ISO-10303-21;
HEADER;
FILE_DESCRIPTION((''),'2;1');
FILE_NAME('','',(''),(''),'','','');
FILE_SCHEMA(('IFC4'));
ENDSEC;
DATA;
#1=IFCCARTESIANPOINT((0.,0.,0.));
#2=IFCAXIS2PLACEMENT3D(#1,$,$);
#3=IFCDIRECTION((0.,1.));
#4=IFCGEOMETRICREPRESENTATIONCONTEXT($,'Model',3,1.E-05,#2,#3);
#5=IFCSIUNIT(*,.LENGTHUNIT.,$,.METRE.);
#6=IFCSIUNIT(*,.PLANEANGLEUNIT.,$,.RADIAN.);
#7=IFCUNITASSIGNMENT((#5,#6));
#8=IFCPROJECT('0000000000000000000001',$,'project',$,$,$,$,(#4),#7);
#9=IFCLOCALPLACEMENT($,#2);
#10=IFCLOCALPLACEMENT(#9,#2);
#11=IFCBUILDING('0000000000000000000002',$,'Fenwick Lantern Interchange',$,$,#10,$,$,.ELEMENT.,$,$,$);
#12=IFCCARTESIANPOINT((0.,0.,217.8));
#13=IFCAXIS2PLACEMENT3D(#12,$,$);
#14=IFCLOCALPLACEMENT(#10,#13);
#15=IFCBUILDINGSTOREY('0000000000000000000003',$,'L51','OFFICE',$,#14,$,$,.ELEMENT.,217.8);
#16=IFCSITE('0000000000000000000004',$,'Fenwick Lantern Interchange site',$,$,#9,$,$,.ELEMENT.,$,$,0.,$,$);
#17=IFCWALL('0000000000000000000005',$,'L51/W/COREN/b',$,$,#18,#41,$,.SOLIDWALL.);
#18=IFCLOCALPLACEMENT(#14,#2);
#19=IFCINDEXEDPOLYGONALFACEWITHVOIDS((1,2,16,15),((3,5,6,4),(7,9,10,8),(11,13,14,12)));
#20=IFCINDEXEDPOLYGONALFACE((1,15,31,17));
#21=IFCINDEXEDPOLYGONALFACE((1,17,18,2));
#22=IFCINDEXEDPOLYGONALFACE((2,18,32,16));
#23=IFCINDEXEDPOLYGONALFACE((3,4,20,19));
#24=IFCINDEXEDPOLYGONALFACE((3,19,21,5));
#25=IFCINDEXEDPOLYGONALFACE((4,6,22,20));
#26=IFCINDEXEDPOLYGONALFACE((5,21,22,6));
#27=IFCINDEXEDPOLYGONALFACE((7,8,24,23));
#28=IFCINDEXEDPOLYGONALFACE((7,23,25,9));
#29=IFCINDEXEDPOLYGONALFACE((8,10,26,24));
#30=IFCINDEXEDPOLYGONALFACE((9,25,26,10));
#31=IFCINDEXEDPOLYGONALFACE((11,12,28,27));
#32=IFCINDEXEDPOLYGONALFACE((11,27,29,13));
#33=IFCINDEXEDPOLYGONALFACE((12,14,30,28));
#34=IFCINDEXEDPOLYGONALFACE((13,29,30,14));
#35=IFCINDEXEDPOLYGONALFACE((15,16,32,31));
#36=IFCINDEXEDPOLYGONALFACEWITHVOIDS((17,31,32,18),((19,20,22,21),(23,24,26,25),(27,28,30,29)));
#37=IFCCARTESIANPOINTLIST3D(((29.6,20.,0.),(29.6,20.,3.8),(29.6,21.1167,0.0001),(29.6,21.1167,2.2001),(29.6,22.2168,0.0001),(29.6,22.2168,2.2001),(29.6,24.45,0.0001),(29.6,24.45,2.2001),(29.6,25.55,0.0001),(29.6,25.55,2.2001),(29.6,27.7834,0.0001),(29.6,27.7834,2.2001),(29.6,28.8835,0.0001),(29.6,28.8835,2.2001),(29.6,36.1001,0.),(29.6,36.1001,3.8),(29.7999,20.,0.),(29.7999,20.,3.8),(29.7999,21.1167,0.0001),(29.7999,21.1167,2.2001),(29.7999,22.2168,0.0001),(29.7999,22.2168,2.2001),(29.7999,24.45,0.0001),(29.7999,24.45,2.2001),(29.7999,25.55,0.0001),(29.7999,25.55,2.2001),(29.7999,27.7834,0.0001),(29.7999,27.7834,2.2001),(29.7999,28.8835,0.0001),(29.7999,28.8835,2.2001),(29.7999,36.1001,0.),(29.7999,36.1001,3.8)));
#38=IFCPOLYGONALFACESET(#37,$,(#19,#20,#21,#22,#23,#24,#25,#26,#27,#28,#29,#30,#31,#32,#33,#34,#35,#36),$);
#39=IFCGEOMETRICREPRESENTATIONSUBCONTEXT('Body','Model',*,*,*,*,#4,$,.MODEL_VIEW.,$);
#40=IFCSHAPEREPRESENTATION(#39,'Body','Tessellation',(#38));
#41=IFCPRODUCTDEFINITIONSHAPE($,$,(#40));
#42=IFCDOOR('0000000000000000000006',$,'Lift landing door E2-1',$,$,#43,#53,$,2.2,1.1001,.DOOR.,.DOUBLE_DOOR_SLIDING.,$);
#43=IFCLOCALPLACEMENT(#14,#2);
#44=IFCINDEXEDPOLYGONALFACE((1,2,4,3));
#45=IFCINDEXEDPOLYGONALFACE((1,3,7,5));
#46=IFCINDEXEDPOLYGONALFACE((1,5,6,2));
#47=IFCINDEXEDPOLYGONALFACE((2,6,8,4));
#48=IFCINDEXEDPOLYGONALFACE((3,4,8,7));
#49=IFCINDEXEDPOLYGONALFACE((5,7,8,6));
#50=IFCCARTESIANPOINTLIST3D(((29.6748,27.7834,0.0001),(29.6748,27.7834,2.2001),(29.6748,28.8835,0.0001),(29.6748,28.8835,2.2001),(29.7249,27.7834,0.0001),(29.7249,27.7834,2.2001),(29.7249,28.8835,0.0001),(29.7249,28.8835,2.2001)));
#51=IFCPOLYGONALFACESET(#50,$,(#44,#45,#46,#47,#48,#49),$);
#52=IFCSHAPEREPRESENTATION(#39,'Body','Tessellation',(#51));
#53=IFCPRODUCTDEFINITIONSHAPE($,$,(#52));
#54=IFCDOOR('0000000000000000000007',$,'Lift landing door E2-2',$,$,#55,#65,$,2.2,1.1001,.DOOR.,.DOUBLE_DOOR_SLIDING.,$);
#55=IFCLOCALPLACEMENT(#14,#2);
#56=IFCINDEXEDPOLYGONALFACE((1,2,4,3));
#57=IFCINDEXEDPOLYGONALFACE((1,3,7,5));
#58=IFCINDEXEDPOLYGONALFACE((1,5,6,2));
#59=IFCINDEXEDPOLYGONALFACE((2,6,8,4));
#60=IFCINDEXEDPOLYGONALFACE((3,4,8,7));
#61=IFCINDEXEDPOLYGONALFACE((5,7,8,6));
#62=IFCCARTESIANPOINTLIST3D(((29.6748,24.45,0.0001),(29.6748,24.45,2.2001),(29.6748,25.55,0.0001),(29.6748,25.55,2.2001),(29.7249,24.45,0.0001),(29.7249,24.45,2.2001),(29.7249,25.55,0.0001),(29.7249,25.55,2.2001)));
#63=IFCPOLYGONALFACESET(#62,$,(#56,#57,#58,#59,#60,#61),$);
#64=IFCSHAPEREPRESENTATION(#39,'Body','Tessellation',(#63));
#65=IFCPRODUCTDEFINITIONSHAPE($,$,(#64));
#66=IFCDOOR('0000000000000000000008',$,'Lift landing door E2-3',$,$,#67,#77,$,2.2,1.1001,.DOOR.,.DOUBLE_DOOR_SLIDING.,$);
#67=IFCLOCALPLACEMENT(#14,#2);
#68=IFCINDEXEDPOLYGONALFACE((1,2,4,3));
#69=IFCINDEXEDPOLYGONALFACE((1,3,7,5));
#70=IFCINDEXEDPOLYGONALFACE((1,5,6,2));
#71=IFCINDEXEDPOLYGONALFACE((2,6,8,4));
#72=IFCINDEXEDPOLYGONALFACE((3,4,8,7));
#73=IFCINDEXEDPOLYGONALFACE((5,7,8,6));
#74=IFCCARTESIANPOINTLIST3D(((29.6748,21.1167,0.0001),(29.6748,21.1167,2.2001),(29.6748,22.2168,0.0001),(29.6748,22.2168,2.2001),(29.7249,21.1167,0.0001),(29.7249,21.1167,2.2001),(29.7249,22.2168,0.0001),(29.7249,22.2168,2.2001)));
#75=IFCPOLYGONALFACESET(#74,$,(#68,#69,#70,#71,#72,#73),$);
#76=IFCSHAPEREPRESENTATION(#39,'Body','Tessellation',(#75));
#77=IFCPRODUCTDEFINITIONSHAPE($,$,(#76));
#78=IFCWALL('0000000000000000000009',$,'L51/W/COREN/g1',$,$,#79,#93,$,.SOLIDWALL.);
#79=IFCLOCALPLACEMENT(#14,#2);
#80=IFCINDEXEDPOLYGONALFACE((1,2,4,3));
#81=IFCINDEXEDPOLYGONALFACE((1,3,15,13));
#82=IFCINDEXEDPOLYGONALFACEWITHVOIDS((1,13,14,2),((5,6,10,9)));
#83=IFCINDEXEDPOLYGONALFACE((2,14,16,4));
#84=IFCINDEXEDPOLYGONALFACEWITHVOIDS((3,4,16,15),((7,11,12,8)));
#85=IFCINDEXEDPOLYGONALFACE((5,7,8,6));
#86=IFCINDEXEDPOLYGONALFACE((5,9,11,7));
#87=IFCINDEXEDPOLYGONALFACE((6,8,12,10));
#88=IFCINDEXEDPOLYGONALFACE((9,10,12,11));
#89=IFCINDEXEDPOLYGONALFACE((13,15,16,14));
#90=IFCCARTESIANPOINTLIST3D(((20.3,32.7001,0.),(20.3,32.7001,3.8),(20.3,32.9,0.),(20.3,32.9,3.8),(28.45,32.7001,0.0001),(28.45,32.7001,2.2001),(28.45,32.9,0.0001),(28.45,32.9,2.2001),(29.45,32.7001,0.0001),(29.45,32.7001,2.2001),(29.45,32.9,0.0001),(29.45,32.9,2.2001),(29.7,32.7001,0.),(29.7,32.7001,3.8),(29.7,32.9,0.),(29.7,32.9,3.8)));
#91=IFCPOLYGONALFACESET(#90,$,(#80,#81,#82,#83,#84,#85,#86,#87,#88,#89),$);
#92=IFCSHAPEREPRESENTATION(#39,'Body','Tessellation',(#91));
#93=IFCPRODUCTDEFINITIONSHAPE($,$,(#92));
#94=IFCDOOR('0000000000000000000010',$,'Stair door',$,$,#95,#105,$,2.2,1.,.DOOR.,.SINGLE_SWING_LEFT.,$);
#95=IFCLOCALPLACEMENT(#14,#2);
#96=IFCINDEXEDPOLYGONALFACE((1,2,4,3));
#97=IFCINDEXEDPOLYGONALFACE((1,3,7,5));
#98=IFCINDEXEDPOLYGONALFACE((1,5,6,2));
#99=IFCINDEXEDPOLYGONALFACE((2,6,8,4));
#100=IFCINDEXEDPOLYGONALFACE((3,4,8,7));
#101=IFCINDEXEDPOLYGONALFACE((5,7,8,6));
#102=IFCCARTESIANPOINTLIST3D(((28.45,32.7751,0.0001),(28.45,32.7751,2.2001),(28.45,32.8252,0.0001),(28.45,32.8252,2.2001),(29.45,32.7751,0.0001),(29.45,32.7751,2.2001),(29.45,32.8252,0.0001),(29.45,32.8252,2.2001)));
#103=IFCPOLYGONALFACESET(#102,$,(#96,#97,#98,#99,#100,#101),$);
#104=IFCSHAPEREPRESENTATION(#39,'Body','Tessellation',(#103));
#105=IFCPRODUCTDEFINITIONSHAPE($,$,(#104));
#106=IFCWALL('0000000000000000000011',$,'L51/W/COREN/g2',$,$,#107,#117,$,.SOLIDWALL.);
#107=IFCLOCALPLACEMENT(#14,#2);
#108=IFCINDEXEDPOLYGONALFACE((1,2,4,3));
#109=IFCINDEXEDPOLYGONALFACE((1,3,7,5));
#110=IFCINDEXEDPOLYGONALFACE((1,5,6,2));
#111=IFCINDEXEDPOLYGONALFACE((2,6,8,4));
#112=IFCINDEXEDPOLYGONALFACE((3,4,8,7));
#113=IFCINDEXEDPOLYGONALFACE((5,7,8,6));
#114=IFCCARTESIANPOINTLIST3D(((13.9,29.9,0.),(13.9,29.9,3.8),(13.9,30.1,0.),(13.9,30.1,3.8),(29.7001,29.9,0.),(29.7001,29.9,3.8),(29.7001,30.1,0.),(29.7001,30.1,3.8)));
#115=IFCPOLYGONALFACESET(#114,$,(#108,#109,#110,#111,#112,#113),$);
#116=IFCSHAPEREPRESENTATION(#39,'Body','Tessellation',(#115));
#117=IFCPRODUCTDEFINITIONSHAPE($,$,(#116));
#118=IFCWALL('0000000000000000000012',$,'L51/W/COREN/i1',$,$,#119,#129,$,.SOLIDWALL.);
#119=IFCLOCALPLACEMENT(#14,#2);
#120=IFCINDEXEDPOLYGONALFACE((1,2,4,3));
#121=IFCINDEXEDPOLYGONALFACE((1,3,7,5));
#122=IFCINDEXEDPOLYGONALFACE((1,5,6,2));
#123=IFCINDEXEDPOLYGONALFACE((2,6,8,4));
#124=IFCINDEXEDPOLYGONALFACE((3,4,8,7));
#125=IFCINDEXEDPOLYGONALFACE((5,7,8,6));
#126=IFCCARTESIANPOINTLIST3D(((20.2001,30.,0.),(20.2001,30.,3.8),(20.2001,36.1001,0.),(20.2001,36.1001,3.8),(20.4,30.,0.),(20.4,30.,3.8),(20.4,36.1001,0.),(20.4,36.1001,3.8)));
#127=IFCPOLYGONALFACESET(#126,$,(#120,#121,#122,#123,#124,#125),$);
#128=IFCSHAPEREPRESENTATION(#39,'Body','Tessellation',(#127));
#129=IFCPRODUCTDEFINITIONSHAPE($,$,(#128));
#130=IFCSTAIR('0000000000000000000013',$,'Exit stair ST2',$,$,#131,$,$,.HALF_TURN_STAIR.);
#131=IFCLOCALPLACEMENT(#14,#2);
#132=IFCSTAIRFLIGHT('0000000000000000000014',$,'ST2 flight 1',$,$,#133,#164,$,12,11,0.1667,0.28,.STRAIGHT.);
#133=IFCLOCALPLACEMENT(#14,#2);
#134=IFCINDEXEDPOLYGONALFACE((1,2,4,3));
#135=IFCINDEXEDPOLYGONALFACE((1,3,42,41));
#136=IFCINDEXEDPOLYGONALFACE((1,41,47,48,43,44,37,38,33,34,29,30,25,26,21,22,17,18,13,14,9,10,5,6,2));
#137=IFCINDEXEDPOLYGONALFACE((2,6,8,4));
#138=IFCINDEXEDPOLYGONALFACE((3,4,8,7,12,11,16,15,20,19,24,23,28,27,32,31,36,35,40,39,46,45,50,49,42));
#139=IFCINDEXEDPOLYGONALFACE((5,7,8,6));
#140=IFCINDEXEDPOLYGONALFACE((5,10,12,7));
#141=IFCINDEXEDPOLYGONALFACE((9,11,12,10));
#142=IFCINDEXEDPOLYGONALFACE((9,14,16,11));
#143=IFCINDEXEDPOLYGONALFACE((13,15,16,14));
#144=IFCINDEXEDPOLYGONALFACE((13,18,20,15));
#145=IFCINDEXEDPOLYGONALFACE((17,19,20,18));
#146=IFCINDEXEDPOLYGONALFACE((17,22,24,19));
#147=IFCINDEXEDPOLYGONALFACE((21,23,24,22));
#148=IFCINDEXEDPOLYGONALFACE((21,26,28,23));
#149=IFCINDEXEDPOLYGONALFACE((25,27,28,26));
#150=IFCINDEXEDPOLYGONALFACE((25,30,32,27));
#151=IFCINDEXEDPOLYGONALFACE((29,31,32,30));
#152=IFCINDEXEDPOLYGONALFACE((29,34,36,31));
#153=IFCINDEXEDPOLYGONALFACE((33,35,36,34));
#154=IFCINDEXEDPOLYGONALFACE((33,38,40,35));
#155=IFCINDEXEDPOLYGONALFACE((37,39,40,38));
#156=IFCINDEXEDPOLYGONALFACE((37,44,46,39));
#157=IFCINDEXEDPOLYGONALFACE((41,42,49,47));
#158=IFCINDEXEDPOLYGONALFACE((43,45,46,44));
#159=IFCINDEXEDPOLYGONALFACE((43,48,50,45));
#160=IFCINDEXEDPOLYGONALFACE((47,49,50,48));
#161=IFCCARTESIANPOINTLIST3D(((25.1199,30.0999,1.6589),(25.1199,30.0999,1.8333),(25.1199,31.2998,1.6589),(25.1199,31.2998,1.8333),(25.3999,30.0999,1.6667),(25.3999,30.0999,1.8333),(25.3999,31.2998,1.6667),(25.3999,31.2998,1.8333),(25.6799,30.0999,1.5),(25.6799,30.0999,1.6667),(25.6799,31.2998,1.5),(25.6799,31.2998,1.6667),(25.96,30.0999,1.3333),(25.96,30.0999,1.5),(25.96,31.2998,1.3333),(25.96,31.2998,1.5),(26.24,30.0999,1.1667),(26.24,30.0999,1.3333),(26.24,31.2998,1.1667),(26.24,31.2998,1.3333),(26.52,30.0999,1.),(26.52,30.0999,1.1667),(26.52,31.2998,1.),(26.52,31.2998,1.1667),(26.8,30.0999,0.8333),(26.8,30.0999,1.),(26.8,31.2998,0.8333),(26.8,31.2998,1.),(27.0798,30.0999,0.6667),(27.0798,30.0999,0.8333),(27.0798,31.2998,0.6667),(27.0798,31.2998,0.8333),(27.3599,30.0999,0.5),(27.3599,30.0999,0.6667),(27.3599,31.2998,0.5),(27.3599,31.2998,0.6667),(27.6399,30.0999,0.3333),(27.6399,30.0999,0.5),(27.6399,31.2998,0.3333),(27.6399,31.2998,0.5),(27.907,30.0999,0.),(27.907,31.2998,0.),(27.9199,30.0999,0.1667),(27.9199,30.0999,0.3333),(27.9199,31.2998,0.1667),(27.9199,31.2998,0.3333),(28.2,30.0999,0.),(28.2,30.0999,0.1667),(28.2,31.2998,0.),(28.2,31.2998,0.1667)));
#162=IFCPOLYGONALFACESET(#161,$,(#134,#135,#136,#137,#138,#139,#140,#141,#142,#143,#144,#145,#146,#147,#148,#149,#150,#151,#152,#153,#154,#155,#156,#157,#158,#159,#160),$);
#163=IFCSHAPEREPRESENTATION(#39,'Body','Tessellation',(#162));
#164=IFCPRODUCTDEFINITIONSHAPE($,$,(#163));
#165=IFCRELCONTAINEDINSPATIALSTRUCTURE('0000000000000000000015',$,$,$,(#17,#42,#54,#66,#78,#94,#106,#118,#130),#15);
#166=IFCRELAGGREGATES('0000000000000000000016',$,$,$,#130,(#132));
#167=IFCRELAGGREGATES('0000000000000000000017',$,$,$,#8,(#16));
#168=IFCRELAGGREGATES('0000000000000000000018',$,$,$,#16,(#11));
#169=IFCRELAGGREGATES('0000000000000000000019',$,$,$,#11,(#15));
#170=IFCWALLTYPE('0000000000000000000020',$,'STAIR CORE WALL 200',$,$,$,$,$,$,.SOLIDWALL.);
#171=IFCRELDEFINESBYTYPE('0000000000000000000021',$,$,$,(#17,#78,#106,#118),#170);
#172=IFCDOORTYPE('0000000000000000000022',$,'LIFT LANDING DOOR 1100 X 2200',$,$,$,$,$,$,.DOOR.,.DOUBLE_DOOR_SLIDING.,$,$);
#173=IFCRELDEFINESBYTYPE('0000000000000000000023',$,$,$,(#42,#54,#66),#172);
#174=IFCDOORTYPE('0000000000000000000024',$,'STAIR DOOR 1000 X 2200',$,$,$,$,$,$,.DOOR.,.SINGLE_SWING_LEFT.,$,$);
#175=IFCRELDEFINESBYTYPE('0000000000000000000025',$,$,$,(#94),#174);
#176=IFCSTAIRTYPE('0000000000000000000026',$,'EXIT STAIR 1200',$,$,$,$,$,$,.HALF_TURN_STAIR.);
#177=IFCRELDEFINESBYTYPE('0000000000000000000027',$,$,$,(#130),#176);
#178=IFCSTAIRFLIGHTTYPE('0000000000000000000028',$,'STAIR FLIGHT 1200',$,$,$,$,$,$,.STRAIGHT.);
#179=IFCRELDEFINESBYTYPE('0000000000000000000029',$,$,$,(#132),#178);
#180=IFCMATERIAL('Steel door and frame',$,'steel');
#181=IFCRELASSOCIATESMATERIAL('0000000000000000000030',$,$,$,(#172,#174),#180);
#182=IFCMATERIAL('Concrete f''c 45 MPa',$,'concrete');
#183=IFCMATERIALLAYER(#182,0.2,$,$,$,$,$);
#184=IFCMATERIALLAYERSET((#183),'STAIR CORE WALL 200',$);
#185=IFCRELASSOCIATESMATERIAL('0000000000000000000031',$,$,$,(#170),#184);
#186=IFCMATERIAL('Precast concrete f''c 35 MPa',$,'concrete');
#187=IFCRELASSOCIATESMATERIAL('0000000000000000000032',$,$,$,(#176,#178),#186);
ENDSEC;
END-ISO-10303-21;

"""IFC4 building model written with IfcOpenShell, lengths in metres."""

from ifc_helpers import new_model, si_unit, direction, frame, frame_2d, origin, place, context, subcontext, project, spatial, polyline, rectangle, outline, extrude, material, layer, layer_set, type_object, element, fill, aggregate, save


model = new_model("IFC4")

# Units and contexts
model_context = context("Model", 3, precision=1e-05, world=origin(), true_north=direction((0.0, 1.0)))
body_context = subcontext(model_context, "Body", "Model", "MODEL_VIEW")
ifc_project = project(units=[si_unit("LENGTHUNIT", "METRE"), si_unit("PLANEANGLEUNIT", "RADIAN")], contexts=[model_context])

# Site, building, storey
site_placement = place(None, origin())
site = spatial("IfcSite", under=ifc_project, at=site_placement, Name="Fenwick Lantern Interchange site", CompositionType="ELEMENT", RefElevation=0.0)
building_placement = place(site_placement, origin())
building = spatial("IfcBuilding", under=site, at=building_placement, Name="Fenwick Lantern Interchange", CompositionType="ELEMENT")
storey_placement = place(building_placement, frame((0.0, 0.0, 217.8)))
storey = spatial("IfcBuildingStorey", under=building, at=storey_placement, Name="L51", Description="OFFICE", CompositionType="ELEMENT", Elevation=217.8)

# Shared definitions
ifc_material_1 = material(Name="Steel door and frame", Category="steel")
door_type_1 = type_object("IfcDoorType", Name="LIFT LANDING DOOR 1100 X 2200", OperationType="DOUBLE_DOOR_SLIDING", PredefinedType="DOOR", material=ifc_material_1)

# Wall, openings, doors
ifc_material_2 = material(Name="Concrete f'c 45 MPa", Category="concrete")
ifc_layer_1 = layer(ifc_material_2, 0.2)
ifc_layer_set_1 = layer_set([ifc_layer_1], Name="STAIR CORE WALL 200")
wall_type_1 = type_object("IfcWallType", Name="STAIR CORE WALL 200", PredefinedType="SOLIDWALL", material=ifc_layer_set_1)
wall_1_placement = place(storey_placement, frame((29.7, 36.1001, 0.0), z_axis=(0.0, 0.0, 1.0), x_axis=(0.0, -1.0, 0.0)))
wall_1 = element("IfcWall", 1, at=wall_1_placement, inside=storey, type_object=wall_type_1, Name="L51/W/COREN/b", PredefinedType="SOLIDWALL", context=body_context, shape_type="SweptSolid", body=[
    extrude(rectangle(XDim=16.1001, YDim=0.2, at=frame_2d((8.05, 0.0))), origin(), (0.0, 0.0, 1.0), 3.8),
])
opening_1_placement = place(wall_1_placement, frame((7.2166, 0.0, 0.0)))
opening_1 = element("IfcOpeningElement", 2, at=opening_1_placement, cuts=wall_1, PredefinedType="OPENING", context=body_context, shape_type="SweptSolid", body=[
    extrude(rectangle(XDim=1.1001, YDim=2.2, at=frame_2d((0.55, 1.1001))), frame((0.0, 0.1099, 0.0), z_axis=(0.0, -1.0, 0.0), x_axis=(1.0, 0.0, 0.0)), (0.0, 0.0, 1.0), 0.22),
])
opening_2_placement = place(wall_1_placement, frame((10.55, 0.0, 0.0)))
opening_2 = element("IfcOpeningElement", 3, at=opening_2_placement, cuts=wall_1, PredefinedType="OPENING", context=body_context, shape_type="SweptSolid", body=[
    extrude(rectangle(XDim=1.1001, YDim=2.2, at=frame_2d((0.55, 1.1001))), frame((0.0, 0.1099, 0.0), z_axis=(0.0, -1.0, 0.0), x_axis=(1.0, 0.0, 0.0)), (0.0, 0.0, 1.0), 0.22),
])
opening_3_placement = place(wall_1_placement, frame((13.8833, 0.0, 0.0)))
opening_3 = element("IfcOpeningElement", 4, at=opening_3_placement, cuts=wall_1, PredefinedType="OPENING", context=body_context, shape_type="SweptSolid", body=[
    extrude(rectangle(XDim=1.1001, YDim=2.2, at=frame_2d((0.55, 1.1001))), frame((0.0, 0.1099, 0.0), z_axis=(0.0, -1.0, 0.0), x_axis=(1.0, 0.0, 0.0)), (0.0, 0.0, 1.0), 0.22),
])
door_1_placement = place(opening_1_placement, origin())
door_1 = element("IfcDoor", 5, at=door_1_placement, inside=storey, type_object=door_type_1, Name="Lift landing door E2-1", OperationType="DOUBLE_DOOR_SLIDING", OverallHeight=2.2, OverallWidth=1.1001, PredefinedType="DOOR", context=body_context, shape_type="SweptSolid", body=[
    extrude(rectangle(XDim=1.1001, YDim=2.2, at=frame_2d((0.55, 1.1001))), frame((0.0, 0.0249, 0.0), z_axis=(0.0, -1.0, 0.0), x_axis=(1.0, 0.0, 0.0)), (0.0, 0.0, 1.0), 0.05),
])
fill(opening_1, door_1)
door_2_placement = place(opening_2_placement, origin())
door_2 = element("IfcDoor", 6, at=door_2_placement, inside=storey, type_object=door_type_1, Name="Lift landing door E2-2", OperationType="DOUBLE_DOOR_SLIDING", OverallHeight=2.2, OverallWidth=1.1001, PredefinedType="DOOR", context=body_context, shape_type="SweptSolid", body=[
    extrude(rectangle(XDim=1.1001, YDim=2.2, at=frame_2d((0.55, 1.1001))), frame((0.0, 0.0249, 0.0), z_axis=(0.0, -1.0, 0.0), x_axis=(1.0, 0.0, 0.0)), (0.0, 0.0, 1.0), 0.05),
])
fill(opening_2, door_2)
door_3_placement = place(opening_3_placement, origin())
door_3 = element("IfcDoor", 7, at=door_3_placement, inside=storey, type_object=door_type_1, Name="Lift landing door E2-3", OperationType="DOUBLE_DOOR_SLIDING", OverallHeight=2.2, OverallWidth=1.1001, PredefinedType="DOOR", context=body_context, shape_type="SweptSolid", body=[
    extrude(rectangle(XDim=1.1001, YDim=2.2, at=frame_2d((0.55, 1.1001))), frame((0.0, 0.0249, 0.0), z_axis=(0.0, -1.0, 0.0), x_axis=(1.0, 0.0, 0.0)), (0.0, 0.0, 1.0), 0.05),
])
fill(opening_3, door_3)

# Wall, opening, door
wall_2_placement = place(storey_placement, frame((29.7, 32.8, 0.0), z_axis=(0.0, 0.0, 1.0), x_axis=(-1.0, 0.0, 0.0)))
wall_2 = element("IfcWall", 8, at=wall_2_placement, inside=storey, type_object=wall_type_1, Name="L51/W/COREN/g1", PredefinedType="SOLIDWALL", context=body_context, shape_type="SweptSolid", body=[
    extrude(rectangle(XDim=9.3999, YDim=0.2, at=frame_2d((4.7, 0.0))), origin(), (0.0, 0.0, 1.0), 3.8),
])
opening_4_placement = place(wall_2_placement, frame((0.25, 0.0, 0.0)))
opening_4 = element("IfcOpeningElement", 9, at=opening_4_placement, cuts=wall_2, PredefinedType="OPENING", context=body_context, shape_type="SweptSolid", body=[
    extrude(rectangle(XDim=1.0, YDim=2.2, at=frame_2d((0.5, 1.1001))), frame((0.0, 0.1099, 0.0), z_axis=(0.0, -1.0, 0.0), x_axis=(1.0, 0.0, 0.0)), (0.0, 0.0, 1.0), 0.22),
])
door_type_2 = type_object("IfcDoorType", Name="STAIR DOOR 1000 X 2200", OperationType="SINGLE_SWING_LEFT", PredefinedType="DOOR", material=ifc_material_1)
door_4_placement = place(opening_4_placement, origin())
door_4 = element("IfcDoor", 10, at=door_4_placement, inside=storey, type_object=door_type_2, Name="Stair door", OperationType="SINGLE_SWING_LEFT", OverallHeight=2.2, OverallWidth=1.0, PredefinedType="DOOR", context=body_context, shape_type="SweptSolid", body=[
    extrude(rectangle(XDim=1.0, YDim=2.2, at=frame_2d((0.5, 1.1001))), frame((0.0, 0.0249, 0.0), z_axis=(0.0, -1.0, 0.0), x_axis=(1.0, 0.0, 0.0)), (0.0, 0.0, 1.0), 0.05),
])
fill(opening_4, door_4)

# Walls
wall_3_placement = place(storey_placement, frame((29.7, 30.0, 0.0), z_axis=(0.0, 0.0, 1.0), x_axis=(-1.0, 0.0, 0.0)))
element("IfcWall", 11, at=wall_3_placement, inside=storey, type_object=wall_type_1, Name="L51/W/COREN/g2", PredefinedType="SOLIDWALL", context=body_context, shape_type="SweptSolid", body=[
    extrude(rectangle(XDim=15.8, YDim=0.2, at=frame_2d((7.8999, 0.0))), origin(), (0.0, 0.0, 1.0), 3.8),
])
wall_4_placement = place(storey_placement, frame((20.3, 36.1001, 0.0), z_axis=(0.0, 0.0, 1.0), x_axis=(0.0, -1.0, 0.0)))
element("IfcWall", 12, at=wall_4_placement, inside=storey, type_object=wall_type_1, Name="L51/W/COREN/i1", PredefinedType="SOLIDWALL", context=body_context, shape_type="SweptSolid", body=[
    extrude(rectangle(XDim=6.1001, YDim=0.2, at=frame_2d((3.05, 0.0))), origin(), (0.0, 0.0, 1.0), 3.8),
])

# Stair, stair flight
ifc_material_3 = material(Name="Precast concrete f'c 35 MPa", Category="concrete")
stair_type = type_object("IfcStairType", Name="EXIT STAIR 1200", PredefinedType="HALF_TURN_STAIR", material=ifc_material_3)
stair_placement = place(storey_placement, origin())
stair = element("IfcStair", 13, at=stair_placement, inside=storey, type_object=stair_type, Name="Exit stair ST2", PredefinedType="HALF_TURN_STAIR")
stair_flight_type = type_object("IfcStairFlightType", Name="STAIR FLIGHT 1200", PredefinedType="STRAIGHT", material=ifc_material_3)
stair_flight_1_placement = place(storey_placement, frame((28.2, 30.7, 0.0), z_axis=(0.0, 0.0, 1.0), x_axis=(-1.0, 0.0, 0.0)))
stair_flight_1 = element("IfcStairFlight", 14, at=stair_flight_1_placement, type_object=stair_flight_type, Name="ST2 flight 1", NumberOfRisers=12, NumberOfTreads=11, PredefinedType="STRAIGHT", RiserHeight=0.1667, TreadLength=0.28, context=body_context, shape_type="SweptSolid", body=[
    extrude(outline(polyline([(0.0, 0.0), (0.0, 0.1667), (0.28, 0.1667), (0.28, 0.3333), (0.5601, 0.3333), (0.5601, 0.5), (0.8401, 0.5), (0.8401, 0.6667), (1.1201, 0.6667), (1.1201, 0.8333), (1.3999, 0.8333), (1.3999, 1.0), (1.6799, 1.0), (1.6799, 1.1667), (1.96, 1.1667), (1.96, 1.3333), (2.24, 1.3333), (2.24, 1.5), (2.52, 1.5), (2.52, 1.6667), (2.8, 1.6667), (2.8, 1.8333), (3.0801, 1.8333), (3.0801, 2.0), (3.0801, 1.6589), (0.293, 0.0), (0.0, 0.0)])), frame((0.0, 0.6001, 0.0), z_axis=(0.0, -1.0, 0.0), x_axis=(1.0, 0.0, 0.0)), (0.0, 0.0, 1.0), 1.2),
])
aggregate(stair, [stair_flight_1])

save(model, "model.ifc")
